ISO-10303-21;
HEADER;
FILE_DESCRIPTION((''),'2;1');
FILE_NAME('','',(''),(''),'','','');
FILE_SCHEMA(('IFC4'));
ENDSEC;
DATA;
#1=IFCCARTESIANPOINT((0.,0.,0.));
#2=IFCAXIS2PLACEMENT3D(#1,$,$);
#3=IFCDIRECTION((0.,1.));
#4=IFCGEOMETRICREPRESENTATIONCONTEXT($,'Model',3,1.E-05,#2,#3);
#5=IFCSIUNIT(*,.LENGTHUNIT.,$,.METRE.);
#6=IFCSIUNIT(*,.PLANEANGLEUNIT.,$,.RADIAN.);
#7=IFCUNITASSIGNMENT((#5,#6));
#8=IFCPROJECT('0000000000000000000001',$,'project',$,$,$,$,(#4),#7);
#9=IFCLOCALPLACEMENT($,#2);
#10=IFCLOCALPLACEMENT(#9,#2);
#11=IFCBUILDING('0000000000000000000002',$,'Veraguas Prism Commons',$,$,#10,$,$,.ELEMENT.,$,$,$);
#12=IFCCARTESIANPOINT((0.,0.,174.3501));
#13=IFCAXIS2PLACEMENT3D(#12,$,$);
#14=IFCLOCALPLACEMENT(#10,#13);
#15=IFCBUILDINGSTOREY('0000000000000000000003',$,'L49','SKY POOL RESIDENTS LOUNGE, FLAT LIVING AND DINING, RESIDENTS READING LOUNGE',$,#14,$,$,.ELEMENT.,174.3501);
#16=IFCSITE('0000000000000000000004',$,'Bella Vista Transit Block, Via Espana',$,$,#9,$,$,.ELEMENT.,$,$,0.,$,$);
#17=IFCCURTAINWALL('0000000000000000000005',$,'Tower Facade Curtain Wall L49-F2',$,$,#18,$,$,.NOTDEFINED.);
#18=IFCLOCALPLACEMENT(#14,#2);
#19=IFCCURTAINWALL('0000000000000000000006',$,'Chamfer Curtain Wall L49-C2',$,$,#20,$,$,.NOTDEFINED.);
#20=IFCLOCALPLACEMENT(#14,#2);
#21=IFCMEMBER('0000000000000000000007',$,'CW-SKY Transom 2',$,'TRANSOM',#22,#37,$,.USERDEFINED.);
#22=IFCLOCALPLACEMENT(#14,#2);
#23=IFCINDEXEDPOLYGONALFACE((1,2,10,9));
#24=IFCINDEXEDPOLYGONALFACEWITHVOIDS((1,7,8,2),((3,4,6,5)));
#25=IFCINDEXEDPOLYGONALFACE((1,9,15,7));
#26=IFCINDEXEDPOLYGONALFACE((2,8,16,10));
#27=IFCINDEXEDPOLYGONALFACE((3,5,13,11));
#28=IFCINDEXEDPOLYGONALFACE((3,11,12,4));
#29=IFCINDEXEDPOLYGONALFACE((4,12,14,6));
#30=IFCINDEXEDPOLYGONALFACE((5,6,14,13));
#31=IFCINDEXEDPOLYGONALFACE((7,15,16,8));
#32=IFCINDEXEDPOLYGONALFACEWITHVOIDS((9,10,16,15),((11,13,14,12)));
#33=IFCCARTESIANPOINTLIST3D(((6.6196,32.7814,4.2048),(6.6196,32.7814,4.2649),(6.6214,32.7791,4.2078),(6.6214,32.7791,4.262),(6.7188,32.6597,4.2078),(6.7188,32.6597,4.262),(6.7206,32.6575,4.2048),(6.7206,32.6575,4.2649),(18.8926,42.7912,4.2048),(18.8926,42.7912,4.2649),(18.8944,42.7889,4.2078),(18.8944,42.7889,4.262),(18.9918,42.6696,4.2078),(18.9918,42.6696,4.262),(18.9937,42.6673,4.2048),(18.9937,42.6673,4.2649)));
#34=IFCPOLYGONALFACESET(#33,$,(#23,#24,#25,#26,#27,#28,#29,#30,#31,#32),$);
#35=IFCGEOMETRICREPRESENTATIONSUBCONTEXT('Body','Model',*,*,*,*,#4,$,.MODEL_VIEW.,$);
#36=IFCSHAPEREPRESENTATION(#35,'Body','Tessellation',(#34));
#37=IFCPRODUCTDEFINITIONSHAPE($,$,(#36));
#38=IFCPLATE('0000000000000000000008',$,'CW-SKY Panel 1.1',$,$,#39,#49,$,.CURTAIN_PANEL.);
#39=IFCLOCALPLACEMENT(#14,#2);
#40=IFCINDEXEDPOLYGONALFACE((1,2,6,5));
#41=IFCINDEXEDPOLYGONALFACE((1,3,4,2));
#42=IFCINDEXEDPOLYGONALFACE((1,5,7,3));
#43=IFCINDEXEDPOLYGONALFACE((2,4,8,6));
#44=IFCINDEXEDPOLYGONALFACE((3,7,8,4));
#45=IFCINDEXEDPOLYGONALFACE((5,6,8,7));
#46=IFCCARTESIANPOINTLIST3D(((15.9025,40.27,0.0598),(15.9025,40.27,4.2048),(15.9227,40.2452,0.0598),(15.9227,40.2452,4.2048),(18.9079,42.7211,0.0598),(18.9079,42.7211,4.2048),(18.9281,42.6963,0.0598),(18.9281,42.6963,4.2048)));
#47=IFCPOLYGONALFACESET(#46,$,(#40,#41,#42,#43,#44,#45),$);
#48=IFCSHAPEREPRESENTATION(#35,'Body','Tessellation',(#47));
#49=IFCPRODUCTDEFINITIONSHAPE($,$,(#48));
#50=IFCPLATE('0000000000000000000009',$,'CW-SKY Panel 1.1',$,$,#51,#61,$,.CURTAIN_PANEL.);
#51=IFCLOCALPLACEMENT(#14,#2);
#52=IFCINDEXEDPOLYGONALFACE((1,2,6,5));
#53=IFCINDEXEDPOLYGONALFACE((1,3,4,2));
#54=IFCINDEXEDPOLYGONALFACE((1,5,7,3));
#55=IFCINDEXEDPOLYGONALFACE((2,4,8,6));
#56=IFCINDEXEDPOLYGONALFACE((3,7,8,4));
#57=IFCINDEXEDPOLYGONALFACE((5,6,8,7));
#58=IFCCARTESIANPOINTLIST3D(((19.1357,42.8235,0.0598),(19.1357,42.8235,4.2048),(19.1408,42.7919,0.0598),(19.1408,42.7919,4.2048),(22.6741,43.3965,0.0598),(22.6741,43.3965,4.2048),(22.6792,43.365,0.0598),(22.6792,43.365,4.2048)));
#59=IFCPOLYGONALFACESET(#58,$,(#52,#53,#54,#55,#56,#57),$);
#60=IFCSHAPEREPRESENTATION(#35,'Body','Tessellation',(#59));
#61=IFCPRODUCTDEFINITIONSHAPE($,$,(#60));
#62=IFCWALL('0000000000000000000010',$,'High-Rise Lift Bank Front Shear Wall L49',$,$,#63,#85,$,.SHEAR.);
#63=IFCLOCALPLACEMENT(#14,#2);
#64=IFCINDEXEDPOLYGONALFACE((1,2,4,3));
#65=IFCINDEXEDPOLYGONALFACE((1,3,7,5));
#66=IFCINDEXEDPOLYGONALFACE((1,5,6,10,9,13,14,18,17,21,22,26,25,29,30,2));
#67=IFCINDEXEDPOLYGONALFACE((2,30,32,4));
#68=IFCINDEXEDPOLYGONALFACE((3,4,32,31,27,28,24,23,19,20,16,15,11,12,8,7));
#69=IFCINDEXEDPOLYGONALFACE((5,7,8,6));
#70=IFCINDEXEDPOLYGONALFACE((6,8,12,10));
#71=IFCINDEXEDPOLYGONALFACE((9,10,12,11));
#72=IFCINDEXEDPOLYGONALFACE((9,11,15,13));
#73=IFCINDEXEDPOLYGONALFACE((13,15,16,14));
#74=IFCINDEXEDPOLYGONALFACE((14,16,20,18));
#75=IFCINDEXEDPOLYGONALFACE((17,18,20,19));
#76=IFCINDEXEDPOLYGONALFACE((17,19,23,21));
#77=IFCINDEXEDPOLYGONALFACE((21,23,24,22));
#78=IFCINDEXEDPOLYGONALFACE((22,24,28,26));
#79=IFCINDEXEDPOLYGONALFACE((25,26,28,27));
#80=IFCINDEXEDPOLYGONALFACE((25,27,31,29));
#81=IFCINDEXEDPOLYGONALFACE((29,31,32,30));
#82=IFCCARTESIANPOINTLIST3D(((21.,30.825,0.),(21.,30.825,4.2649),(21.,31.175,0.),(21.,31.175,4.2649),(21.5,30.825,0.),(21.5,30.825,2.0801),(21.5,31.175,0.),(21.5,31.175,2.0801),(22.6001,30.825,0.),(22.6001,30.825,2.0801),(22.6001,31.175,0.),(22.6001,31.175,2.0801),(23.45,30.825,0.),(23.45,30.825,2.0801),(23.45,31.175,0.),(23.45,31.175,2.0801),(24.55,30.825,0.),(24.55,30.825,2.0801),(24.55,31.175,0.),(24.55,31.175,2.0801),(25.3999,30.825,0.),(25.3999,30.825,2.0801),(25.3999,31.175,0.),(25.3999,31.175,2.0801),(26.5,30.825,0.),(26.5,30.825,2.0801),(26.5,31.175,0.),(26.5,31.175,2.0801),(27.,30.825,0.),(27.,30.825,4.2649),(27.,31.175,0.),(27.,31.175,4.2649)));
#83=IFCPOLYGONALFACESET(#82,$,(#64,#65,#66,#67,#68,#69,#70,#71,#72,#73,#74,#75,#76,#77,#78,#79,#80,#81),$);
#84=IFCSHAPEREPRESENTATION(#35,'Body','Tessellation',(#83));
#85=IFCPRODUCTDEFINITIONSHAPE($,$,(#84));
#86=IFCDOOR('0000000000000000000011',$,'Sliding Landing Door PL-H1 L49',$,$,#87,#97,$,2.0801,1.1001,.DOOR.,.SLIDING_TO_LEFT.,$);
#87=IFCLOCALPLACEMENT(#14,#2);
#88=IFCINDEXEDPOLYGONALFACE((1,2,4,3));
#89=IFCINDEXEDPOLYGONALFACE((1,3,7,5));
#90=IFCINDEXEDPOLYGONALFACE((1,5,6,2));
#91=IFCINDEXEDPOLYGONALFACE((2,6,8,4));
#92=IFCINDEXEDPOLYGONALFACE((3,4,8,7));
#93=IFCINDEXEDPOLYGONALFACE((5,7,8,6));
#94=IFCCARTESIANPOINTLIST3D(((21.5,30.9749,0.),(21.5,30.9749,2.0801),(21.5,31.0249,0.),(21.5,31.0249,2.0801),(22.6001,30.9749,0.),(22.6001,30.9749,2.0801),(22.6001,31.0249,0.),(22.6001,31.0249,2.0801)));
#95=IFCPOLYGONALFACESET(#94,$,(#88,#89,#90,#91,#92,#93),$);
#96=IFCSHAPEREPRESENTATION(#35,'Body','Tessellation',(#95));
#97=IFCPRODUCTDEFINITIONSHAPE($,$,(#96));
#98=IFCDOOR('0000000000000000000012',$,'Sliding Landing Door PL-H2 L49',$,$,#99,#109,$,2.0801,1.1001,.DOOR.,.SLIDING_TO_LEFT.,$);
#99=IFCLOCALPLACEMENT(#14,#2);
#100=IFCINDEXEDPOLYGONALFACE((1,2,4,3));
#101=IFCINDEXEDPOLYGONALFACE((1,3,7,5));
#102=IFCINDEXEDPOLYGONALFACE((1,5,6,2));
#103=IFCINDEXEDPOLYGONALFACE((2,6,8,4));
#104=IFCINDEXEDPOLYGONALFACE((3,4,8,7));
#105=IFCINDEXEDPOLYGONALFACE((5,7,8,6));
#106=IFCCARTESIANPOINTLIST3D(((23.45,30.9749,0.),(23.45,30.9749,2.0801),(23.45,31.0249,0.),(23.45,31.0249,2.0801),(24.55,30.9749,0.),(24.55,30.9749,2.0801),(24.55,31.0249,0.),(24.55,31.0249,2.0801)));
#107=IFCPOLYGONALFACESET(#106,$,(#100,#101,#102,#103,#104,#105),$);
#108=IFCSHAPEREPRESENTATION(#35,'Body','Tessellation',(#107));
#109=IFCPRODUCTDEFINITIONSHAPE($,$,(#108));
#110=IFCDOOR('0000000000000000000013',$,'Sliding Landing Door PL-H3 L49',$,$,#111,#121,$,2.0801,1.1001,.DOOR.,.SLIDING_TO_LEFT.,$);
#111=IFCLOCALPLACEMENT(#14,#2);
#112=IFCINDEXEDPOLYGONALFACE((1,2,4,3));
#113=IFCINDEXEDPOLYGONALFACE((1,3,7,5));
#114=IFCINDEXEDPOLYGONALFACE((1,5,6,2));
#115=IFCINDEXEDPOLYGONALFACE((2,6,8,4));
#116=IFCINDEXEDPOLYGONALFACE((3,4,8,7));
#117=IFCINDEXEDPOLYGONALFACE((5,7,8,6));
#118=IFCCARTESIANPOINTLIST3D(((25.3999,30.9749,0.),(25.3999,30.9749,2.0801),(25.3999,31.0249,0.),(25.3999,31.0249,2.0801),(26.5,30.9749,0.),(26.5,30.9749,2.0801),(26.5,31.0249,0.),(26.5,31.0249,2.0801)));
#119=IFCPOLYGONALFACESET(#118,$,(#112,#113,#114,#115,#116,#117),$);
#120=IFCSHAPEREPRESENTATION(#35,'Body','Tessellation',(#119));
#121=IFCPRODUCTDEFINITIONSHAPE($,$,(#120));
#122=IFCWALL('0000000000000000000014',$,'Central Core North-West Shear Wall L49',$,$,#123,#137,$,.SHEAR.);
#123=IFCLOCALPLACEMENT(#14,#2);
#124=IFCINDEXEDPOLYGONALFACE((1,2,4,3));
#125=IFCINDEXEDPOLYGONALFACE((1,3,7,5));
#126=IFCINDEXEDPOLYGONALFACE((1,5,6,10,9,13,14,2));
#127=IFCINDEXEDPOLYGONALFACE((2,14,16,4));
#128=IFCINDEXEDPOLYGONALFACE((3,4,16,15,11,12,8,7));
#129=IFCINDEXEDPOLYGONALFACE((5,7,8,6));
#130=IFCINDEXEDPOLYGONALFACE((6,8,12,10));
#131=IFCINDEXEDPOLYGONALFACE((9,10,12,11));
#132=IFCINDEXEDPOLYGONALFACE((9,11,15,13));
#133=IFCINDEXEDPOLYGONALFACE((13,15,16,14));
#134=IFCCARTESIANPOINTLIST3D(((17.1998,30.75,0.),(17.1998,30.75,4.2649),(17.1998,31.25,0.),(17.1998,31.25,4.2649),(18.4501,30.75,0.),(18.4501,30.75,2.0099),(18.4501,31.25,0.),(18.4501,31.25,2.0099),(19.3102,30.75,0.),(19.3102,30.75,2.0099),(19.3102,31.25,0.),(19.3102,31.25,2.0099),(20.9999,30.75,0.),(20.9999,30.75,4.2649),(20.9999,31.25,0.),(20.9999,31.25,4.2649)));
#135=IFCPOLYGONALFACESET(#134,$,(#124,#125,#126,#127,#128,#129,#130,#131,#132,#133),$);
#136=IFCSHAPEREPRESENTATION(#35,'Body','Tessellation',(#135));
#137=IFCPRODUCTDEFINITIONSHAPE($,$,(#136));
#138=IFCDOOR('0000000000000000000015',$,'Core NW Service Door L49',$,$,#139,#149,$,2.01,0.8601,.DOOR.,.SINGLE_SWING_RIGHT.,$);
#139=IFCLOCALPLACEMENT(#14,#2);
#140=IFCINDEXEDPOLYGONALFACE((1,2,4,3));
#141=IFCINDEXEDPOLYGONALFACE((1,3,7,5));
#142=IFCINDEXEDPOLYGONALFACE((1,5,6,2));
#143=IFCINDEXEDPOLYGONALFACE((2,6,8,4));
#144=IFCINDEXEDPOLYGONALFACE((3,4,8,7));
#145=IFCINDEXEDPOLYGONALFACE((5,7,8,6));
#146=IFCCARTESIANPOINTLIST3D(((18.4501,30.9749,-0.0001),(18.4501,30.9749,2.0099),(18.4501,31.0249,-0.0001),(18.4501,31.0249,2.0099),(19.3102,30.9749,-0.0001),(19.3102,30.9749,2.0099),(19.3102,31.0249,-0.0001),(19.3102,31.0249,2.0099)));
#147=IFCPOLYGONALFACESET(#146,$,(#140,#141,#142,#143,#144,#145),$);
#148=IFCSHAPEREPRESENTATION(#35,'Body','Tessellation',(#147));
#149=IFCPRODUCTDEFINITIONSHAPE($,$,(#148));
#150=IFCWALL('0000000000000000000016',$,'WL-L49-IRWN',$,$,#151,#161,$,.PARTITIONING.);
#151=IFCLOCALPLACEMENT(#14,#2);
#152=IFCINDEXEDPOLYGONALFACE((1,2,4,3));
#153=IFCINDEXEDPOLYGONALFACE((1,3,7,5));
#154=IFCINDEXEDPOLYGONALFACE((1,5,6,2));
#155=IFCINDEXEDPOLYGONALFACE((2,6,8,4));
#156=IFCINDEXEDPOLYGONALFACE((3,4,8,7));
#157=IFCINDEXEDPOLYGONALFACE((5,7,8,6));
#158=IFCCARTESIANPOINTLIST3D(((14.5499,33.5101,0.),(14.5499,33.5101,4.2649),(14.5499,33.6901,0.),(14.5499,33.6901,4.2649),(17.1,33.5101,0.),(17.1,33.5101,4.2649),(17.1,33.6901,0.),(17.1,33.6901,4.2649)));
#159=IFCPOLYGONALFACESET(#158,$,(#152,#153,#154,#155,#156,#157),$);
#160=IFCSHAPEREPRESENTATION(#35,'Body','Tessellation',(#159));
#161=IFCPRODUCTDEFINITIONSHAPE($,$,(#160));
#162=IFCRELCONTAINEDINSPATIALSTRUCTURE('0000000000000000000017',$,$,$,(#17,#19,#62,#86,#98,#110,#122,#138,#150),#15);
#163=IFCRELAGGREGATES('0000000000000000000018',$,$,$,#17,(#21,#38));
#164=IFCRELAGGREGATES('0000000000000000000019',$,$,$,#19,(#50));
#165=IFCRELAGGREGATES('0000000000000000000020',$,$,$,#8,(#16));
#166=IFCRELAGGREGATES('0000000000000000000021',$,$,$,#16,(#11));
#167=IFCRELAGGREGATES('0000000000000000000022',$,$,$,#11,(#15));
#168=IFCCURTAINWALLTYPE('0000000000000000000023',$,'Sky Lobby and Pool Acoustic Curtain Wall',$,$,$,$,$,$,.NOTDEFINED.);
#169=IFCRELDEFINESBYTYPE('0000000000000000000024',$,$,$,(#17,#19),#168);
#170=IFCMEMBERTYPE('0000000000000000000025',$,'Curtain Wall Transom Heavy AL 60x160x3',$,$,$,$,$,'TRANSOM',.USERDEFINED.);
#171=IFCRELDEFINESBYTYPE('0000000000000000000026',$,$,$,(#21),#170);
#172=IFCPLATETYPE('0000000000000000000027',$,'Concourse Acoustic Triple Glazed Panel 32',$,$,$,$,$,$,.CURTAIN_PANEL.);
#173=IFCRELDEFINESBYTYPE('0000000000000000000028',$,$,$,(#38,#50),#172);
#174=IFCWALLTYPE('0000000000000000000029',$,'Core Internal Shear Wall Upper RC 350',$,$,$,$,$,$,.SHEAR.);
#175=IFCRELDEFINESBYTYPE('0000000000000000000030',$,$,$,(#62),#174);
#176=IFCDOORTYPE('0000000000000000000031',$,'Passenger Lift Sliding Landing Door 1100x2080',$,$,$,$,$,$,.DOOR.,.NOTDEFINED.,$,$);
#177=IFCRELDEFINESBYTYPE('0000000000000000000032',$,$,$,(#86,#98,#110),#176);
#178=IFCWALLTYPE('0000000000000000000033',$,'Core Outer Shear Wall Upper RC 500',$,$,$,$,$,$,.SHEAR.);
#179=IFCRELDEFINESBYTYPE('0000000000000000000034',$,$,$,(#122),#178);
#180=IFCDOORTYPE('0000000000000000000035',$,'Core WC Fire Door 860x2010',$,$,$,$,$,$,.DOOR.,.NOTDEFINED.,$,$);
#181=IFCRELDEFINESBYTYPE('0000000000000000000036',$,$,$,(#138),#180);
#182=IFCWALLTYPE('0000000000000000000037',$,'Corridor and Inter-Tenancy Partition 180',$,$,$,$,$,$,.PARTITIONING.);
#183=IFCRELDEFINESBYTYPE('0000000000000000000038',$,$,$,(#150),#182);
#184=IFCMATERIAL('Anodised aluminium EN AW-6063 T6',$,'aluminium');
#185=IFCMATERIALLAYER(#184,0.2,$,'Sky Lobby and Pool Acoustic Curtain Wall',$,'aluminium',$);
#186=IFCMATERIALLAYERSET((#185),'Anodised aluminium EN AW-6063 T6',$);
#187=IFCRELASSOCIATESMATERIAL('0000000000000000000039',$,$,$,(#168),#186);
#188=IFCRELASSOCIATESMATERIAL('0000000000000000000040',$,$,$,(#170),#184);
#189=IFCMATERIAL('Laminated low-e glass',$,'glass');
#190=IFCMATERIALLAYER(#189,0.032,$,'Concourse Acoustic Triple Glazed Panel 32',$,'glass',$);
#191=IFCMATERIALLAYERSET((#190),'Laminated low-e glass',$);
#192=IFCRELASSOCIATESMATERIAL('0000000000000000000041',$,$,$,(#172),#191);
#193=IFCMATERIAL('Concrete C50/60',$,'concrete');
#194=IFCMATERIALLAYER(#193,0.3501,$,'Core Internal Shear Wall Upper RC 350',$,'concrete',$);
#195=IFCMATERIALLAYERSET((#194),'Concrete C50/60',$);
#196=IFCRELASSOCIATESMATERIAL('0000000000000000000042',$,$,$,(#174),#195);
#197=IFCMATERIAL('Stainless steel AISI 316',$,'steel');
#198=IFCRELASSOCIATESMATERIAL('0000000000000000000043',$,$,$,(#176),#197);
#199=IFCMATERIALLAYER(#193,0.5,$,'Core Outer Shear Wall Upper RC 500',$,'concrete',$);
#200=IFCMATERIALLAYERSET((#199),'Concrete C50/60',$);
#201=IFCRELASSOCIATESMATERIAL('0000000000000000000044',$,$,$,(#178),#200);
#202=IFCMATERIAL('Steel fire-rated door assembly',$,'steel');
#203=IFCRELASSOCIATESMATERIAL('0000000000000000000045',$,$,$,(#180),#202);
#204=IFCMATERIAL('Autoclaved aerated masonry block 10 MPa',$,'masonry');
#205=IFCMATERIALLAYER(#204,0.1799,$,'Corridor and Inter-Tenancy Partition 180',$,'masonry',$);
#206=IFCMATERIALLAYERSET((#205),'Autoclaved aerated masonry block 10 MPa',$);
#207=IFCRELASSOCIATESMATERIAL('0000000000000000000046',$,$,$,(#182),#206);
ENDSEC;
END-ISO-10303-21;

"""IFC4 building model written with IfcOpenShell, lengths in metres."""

from ifc_helpers import new_model, si_unit, direction, frame, frame_2d, origin, origin_2d, place, context, subcontext, project, spatial, rectangle, hollow_rectangle, extrude, source, transform, mapped, material, layer, layer_set, material_profile, profile_set, type_object, element, fill, aggregate, save


model = new_model("IFC4")

# Units and contexts
model_context = context("Model", 3, precision=1e-05, world=origin(), true_north=direction((0.0, 1.0)))
body_context = subcontext(model_context, "Body", "Model", "MODEL_VIEW")
ifc_project = project(units=[si_unit("LENGTHUNIT", "METRE"), si_unit("PLANEANGLEUNIT", "RADIAN")], contexts=[model_context])

# Site, building, storey
site_placement = place(None, origin())
site = spatial("IfcSite", under=ifc_project, at=site_placement, Name="Bella Vista Transit Block, Via Espana", CompositionType="ELEMENT", RefElevation=0.0)
building_placement = place(site_placement, origin())
building = spatial("IfcBuilding", under=site, at=building_placement, Name="Veraguas Prism Commons", CompositionType="ELEMENT")
storey_placement = place(building_placement, frame((0.0, 0.0, 174.3501)))
storey = spatial("IfcBuildingStorey", under=building, at=storey_placement, Name="L49", Description="SKY POOL RESIDENTS LOUNGE, FLAT LIVING AND DINING, RESIDENTS READING LOUNGE", CompositionType="ELEMENT", Elevation=174.3501)

# Shared definitions
ifc_material_1 = material(Name="Concrete C50/60", Category="concrete")

# Curtain wall
ifc_material_2 = material(Name="Anodised aluminium EN AW-6063 T6", Category="aluminium")
ifc_layer_1 = layer(ifc_material_2, 0.2, Name="Sky Lobby and Pool Acoustic Curtain Wall", Category="aluminium")
ifc_layer_set_1 = layer_set([ifc_layer_1], Name="Anodised aluminium EN AW-6063 T6")
curtain_wall_type = type_object("IfcCurtainWallType", Name="Sky Lobby and Pool Acoustic Curtain Wall", PredefinedType="NOTDEFINED", material=ifc_layer_set_1)
curtain_wall_1_placement = place(storey_placement, origin())
curtain_wall_1 = element("IfcCurtainWall", 1, at=curtain_wall_1_placement, inside=storey, type_object=curtain_wall_type, Name="Tower Facade Curtain Wall L49-F2", PredefinedType="NOTDEFINED")

# Curtain wall
curtain_wall_2_placement = place(storey_placement, origin())
curtain_wall_2 = element("IfcCurtainWall", 2, at=curtain_wall_2_placement, inside=storey, type_object=curtain_wall_type, Name="Chamfer Curtain Wall L49-C2", PredefinedType="NOTDEFINED")

# Member
ifc_material_profile_1 = material_profile(ifc_material_2, hollow_rectangle(XDim=0.0601, YDim=0.1599, WallThickness=0.0029, at=origin_2d()), Name="AL60X160X3")
ifc_profile_set_1 = profile_set([ifc_material_profile_1], Name="Anodised aluminium EN AW-6063 T6")
member_type_1 = type_object("IfcMemberType", Name="Curtain Wall Transom Heavy AL 60x160x3", ElementType="TRANSOM", PredefinedType="USERDEFINED", material=ifc_profile_set_1)
shared_shape_1 = source(origin(), body_context, "Body", "SweptSolid", [
    extrude(hollow_rectangle(XDim=0.0601, YDim=0.1599, WallThickness=0.0029, at=origin_2d()), origin(), (0.0, 0.0, 1.0), 15.8374),
])
member_1_placement = place(storey_placement, frame((18.9431, 42.7292, 4.2349), z_axis=(-0.774939, -0.632037, 0.0), x_axis=(0.0, 0.0, 1.0)))
member_1 = element("IfcMember", 3, at=member_1_placement, type_object=member_type_1, Name="CW-SKY Transom 2", ObjectType="TRANSOM", PredefinedType="USERDEFINED", context=body_context, shape_type="MappedRepresentation", body=[
    mapped(shared_shape_1, transform((0.0, 0.0, 0.0), scale=1.0)),
])

# Plates
ifc_material_3 = material(Name="Laminated low-e glass", Category="glass")
ifc_layer_2 = layer(ifc_material_3, 0.032, Name="Concourse Acoustic Triple Glazed Panel 32", Category="glass")
ifc_layer_set_2 = layer_set([ifc_layer_2], Name="Laminated low-e glass")
plate_type = type_object("IfcPlateType", Name="Concourse Acoustic Triple Glazed Panel 32", PredefinedType="CURTAIN_PANEL", material=ifc_layer_set_2)
shared_shape_2 = source(origin(), body_context, "Body", "SweptSolid", [
    extrude(rectangle(XDim=3.8782, YDim=0.032, at=origin_2d()), origin(), (0.0, 0.0, 1.0), 4.145),
])
plate_1_placement = place(storey_placement, frame((17.4153, 41.4832, 0.0598), z_axis=(0.0, 0.0, 1.0), x_axis=(-0.774941, -0.632033, 0.0)))
plate_1 = element("IfcPlate", 4, at=plate_1_placement, type_object=plate_type, Name="CW-SKY Panel 1.1", PredefinedType="CURTAIN_PANEL", context=body_context, shape_type="MappedRepresentation", body=[
    mapped(shared_shape_2, transform((0.0, 0.0, 0.0), scale=1.0)),
])
aggregate(curtain_wall_1, [member_1, plate_1])
shared_shape_3 = source(origin(), body_context, "Body", "SweptSolid", [
    extrude(rectangle(XDim=3.5845, YDim=0.032, at=origin_2d()), origin(), (0.0, 0.0, 1.0), 4.145),
])
plate_2_placement = place(storey_placement, frame((20.9075, 43.0942, 0.0598), z_axis=(0.0, 0.0, 1.0), x_axis=(-0.987139, -0.159866, 0.0)))
plate_2 = element("IfcPlate", 5, at=plate_2_placement, type_object=plate_type, Name="CW-SKY Panel 1.1", PredefinedType="CURTAIN_PANEL", context=body_context, shape_type="MappedRepresentation", body=[
    mapped(shared_shape_3, transform((0.0, 0.0, 0.0), scale=1.0)),
])
aggregate(curtain_wall_2, [plate_2])

# Wall, openings, doors
ifc_layer_3 = layer(ifc_material_1, 0.3501, Name="Core Internal Shear Wall Upper RC 350", Category="concrete")
ifc_layer_set_3 = layer_set([ifc_layer_3], Name="Concrete C50/60")
wall_type_1 = type_object("IfcWallType", Name="Core Internal Shear Wall Upper RC 350", PredefinedType="SHEAR", material=ifc_layer_set_3)
wall_1_placement = place(storey_placement, frame((21.0, 31.0, 0.0), z_axis=(0.0, 0.0, 1.0), x_axis=(1.0, 0.0, 0.0)))
wall_1 = element("IfcWall", 6, at=wall_1_placement, inside=storey, type_object=wall_type_1, Name="High-Rise Lift Bank Front Shear Wall L49", PredefinedType="SHEAR", context=body_context, shape_type="SweptSolid", body=[
    extrude(rectangle(XDim=6.0, YDim=0.3501, at=frame_2d((3.0, 0.0))), origin(), (0.0, 0.0, 1.0), 4.2649),
])
opening_1_placement = place(wall_1_placement, frame((0.5, 0.0, 0.0)))
opening_1 = element("IfcOpeningElement", 7, at=opening_1_placement, cuts=wall_1, PredefinedType="OPENING", context=body_context, shape_type="SweptSolid", body=[
    extrude(rectangle(XDim=1.1001, YDim=2.0801, at=frame_2d((0.55, 1.04))), frame((0.0, 0.1851, 0.0), z_axis=(0.0, -1.0, 0.0), x_axis=(1.0, 0.0, 0.0)), (0.0, 0.0, 1.0), 0.3701),
])
opening_2_placement = place(wall_1_placement, frame((2.45, 0.0, 0.0)))
opening_2 = element("IfcOpeningElement", 8, at=opening_2_placement, cuts=wall_1, PredefinedType="OPENING", context=body_context, shape_type="SweptSolid", body=[
    extrude(rectangle(XDim=1.1001, YDim=2.0801, at=frame_2d((0.55, 1.04))), frame((0.0, 0.1851, 0.0), z_axis=(0.0, -1.0, 0.0), x_axis=(1.0, 0.0, 0.0)), (0.0, 0.0, 1.0), 0.3701),
])
opening_3_placement = place(wall_1_placement, frame((4.3999, 0.0, 0.0)))
opening_3 = element("IfcOpeningElement", 9, at=opening_3_placement, cuts=wall_1, PredefinedType="OPENING", context=body_context, shape_type="SweptSolid", body=[
    extrude(rectangle(XDim=1.1001, YDim=2.0801, at=frame_2d((0.55, 1.04))), frame((0.0, 0.1851, 0.0), z_axis=(0.0, -1.0, 0.0), x_axis=(1.0, 0.0, 0.0)), (0.0, 0.0, 1.0), 0.3701),
])
ifc_material_4 = material(Name="Stainless steel AISI 316", Category="steel")
door_type_1 = type_object("IfcDoorType", Name="Passenger Lift Sliding Landing Door 1100x2080", OperationType="NOTDEFINED", PredefinedType="DOOR", material=ifc_material_4)
shared_shape_4 = source(origin(), body_context, "Body", "SweptSolid", [
    extrude(rectangle(XDim=1.1001, YDim=2.0801, at=frame_2d((0.55, 1.04))), frame((0.0, 0.0249, 0.0), z_axis=(0.0, -1.0, 0.0), x_axis=(1.0, 0.0, 0.0)), (0.0, 0.0, 1.0), 0.05),
])
door_1_placement = place(opening_1_placement, origin())
door_1 = element("IfcDoor", 10, at=door_1_placement, inside=storey, type_object=door_type_1, Name="Sliding Landing Door PL-H1 L49", OperationType="SLIDING_TO_LEFT", OverallHeight=2.0801, OverallWidth=1.1001, PredefinedType="DOOR", context=body_context, shape_type="MappedRepresentation", body=[
    mapped(shared_shape_4, transform((0.0, 0.0, 0.0), scale=1.0)),
])
fill(opening_1, door_1)
door_2_placement = place(opening_2_placement, origin())
door_2 = element("IfcDoor", 11, at=door_2_placement, inside=storey, type_object=door_type_1, Name="Sliding Landing Door PL-H2 L49", OperationType="SLIDING_TO_LEFT", OverallHeight=2.0801, OverallWidth=1.1001, PredefinedType="DOOR", context=body_context, shape_type="MappedRepresentation", body=[
    mapped(shared_shape_4, transform((0.0, 0.0, 0.0), scale=1.0)),
])
fill(opening_2, door_2)
door_3_placement = place(opening_3_placement, origin())
door_3 = element("IfcDoor", 12, at=door_3_placement, inside=storey, type_object=door_type_1, Name="Sliding Landing Door PL-H3 L49", OperationType="SLIDING_TO_LEFT", OverallHeight=2.0801, OverallWidth=1.1001, PredefinedType="DOOR", context=body_context, shape_type="MappedRepresentation", body=[
    mapped(shared_shape_4, transform((0.0, 0.0, 0.0), scale=1.0)),
])
fill(opening_3, door_3)

# Wall, opening, door
ifc_layer_4 = layer(ifc_material_1, 0.5, Name="Core Outer Shear Wall Upper RC 500", Category="concrete")
ifc_layer_set_4 = layer_set([ifc_layer_4], Name="Concrete C50/60")
wall_type_2 = type_object("IfcWallType", Name="Core Outer Shear Wall Upper RC 500", PredefinedType="SHEAR", material=ifc_layer_set_4)
wall_2_placement = place(storey_placement, frame((17.2, 31.0, 0.0), z_axis=(0.0, 0.0, 1.0), x_axis=(1.0, 0.0, 0.0)))
wall_2 = element("IfcWall", 13, at=wall_2_placement, inside=storey, type_object=wall_type_2, Name="Central Core North-West Shear Wall L49", PredefinedType="SHEAR", context=body_context, shape_type="SweptSolid", body=[
    extrude(rectangle(XDim=3.8, YDim=0.5, at=frame_2d((1.8999, 0.0))), origin(), (0.0, 0.0, 1.0), 4.2649),
])
opening_4_placement = place(wall_2_placement, frame((1.25, 0.0, 0.0)))
opening_4 = element("IfcOpeningElement", 14, at=opening_4_placement, cuts=wall_2, PredefinedType="OPENING", context=body_context, shape_type="SweptSolid", body=[
    extrude(rectangle(XDim=0.8601, YDim=2.01, at=frame_2d((0.4302, 1.0049))), frame((0.0, 0.26, 0.0), z_axis=(0.0, -1.0, 0.0), x_axis=(1.0, 0.0, 0.0)), (0.0, 0.0, 1.0), 0.52),
])
ifc_material_5 = material(Name="Steel fire-rated door assembly", Category="steel")
door_type_2 = type_object("IfcDoorType", Name="Core WC Fire Door 860x2010", OperationType="NOTDEFINED", PredefinedType="DOOR", material=ifc_material_5)
shared_shape_5 = source(origin(), body_context, "Body", "SweptSolid", [
    extrude(rectangle(XDim=0.8601, YDim=2.01, at=frame_2d((0.4302, 1.0049))), frame((0.0, 0.0249, 0.0), z_axis=(0.0, -1.0, 0.0), x_axis=(1.0, 0.0, 0.0)), (0.0, 0.0, 1.0), 0.05),
])
door_4_placement = place(opening_4_placement, origin())
door_4 = element("IfcDoor", 15, at=door_4_placement, inside=storey, type_object=door_type_2, Name="Core NW Service Door L49", OperationType="SINGLE_SWING_RIGHT", OverallHeight=2.01, OverallWidth=0.8601, PredefinedType="DOOR", context=body_context, shape_type="MappedRepresentation", body=[
    mapped(shared_shape_5, transform((0.0, 0.0, 0.0), scale=1.0)),
])
fill(opening_4, door_4)

# Wall
ifc_material_6 = material(Name="Autoclaved aerated masonry block 10 MPa", Category="masonry")
ifc_layer_5 = layer(ifc_material_6, 0.1799, Name="Corridor and Inter-Tenancy Partition 180", Category="masonry")
ifc_layer_set_5 = layer_set([ifc_layer_5], Name="Autoclaved aerated masonry block 10 MPa")
wall_type_3 = type_object("IfcWallType", Name="Corridor and Inter-Tenancy Partition 180", PredefinedType="PARTITIONING", material=ifc_layer_set_5)
wall_3_placement = place(storey_placement, frame((14.55, 33.6001, 0.0), z_axis=(0.0, 0.0, 1.0), x_axis=(1.0, 0.0, 0.0)))
element("IfcWall", 16, at=wall_3_placement, inside=storey, type_object=wall_type_3, Name="WL-L49-IRWN", PredefinedType="PARTITIONING", context=body_context, shape_type="SweptSolid", body=[
    extrude(rectangle(XDim=2.55, YDim=0.1799, at=frame_2d((1.2749, 0.0))), origin(), (0.0, 0.0, 1.0), 4.2649),
])

save(model, "model.ifc")
